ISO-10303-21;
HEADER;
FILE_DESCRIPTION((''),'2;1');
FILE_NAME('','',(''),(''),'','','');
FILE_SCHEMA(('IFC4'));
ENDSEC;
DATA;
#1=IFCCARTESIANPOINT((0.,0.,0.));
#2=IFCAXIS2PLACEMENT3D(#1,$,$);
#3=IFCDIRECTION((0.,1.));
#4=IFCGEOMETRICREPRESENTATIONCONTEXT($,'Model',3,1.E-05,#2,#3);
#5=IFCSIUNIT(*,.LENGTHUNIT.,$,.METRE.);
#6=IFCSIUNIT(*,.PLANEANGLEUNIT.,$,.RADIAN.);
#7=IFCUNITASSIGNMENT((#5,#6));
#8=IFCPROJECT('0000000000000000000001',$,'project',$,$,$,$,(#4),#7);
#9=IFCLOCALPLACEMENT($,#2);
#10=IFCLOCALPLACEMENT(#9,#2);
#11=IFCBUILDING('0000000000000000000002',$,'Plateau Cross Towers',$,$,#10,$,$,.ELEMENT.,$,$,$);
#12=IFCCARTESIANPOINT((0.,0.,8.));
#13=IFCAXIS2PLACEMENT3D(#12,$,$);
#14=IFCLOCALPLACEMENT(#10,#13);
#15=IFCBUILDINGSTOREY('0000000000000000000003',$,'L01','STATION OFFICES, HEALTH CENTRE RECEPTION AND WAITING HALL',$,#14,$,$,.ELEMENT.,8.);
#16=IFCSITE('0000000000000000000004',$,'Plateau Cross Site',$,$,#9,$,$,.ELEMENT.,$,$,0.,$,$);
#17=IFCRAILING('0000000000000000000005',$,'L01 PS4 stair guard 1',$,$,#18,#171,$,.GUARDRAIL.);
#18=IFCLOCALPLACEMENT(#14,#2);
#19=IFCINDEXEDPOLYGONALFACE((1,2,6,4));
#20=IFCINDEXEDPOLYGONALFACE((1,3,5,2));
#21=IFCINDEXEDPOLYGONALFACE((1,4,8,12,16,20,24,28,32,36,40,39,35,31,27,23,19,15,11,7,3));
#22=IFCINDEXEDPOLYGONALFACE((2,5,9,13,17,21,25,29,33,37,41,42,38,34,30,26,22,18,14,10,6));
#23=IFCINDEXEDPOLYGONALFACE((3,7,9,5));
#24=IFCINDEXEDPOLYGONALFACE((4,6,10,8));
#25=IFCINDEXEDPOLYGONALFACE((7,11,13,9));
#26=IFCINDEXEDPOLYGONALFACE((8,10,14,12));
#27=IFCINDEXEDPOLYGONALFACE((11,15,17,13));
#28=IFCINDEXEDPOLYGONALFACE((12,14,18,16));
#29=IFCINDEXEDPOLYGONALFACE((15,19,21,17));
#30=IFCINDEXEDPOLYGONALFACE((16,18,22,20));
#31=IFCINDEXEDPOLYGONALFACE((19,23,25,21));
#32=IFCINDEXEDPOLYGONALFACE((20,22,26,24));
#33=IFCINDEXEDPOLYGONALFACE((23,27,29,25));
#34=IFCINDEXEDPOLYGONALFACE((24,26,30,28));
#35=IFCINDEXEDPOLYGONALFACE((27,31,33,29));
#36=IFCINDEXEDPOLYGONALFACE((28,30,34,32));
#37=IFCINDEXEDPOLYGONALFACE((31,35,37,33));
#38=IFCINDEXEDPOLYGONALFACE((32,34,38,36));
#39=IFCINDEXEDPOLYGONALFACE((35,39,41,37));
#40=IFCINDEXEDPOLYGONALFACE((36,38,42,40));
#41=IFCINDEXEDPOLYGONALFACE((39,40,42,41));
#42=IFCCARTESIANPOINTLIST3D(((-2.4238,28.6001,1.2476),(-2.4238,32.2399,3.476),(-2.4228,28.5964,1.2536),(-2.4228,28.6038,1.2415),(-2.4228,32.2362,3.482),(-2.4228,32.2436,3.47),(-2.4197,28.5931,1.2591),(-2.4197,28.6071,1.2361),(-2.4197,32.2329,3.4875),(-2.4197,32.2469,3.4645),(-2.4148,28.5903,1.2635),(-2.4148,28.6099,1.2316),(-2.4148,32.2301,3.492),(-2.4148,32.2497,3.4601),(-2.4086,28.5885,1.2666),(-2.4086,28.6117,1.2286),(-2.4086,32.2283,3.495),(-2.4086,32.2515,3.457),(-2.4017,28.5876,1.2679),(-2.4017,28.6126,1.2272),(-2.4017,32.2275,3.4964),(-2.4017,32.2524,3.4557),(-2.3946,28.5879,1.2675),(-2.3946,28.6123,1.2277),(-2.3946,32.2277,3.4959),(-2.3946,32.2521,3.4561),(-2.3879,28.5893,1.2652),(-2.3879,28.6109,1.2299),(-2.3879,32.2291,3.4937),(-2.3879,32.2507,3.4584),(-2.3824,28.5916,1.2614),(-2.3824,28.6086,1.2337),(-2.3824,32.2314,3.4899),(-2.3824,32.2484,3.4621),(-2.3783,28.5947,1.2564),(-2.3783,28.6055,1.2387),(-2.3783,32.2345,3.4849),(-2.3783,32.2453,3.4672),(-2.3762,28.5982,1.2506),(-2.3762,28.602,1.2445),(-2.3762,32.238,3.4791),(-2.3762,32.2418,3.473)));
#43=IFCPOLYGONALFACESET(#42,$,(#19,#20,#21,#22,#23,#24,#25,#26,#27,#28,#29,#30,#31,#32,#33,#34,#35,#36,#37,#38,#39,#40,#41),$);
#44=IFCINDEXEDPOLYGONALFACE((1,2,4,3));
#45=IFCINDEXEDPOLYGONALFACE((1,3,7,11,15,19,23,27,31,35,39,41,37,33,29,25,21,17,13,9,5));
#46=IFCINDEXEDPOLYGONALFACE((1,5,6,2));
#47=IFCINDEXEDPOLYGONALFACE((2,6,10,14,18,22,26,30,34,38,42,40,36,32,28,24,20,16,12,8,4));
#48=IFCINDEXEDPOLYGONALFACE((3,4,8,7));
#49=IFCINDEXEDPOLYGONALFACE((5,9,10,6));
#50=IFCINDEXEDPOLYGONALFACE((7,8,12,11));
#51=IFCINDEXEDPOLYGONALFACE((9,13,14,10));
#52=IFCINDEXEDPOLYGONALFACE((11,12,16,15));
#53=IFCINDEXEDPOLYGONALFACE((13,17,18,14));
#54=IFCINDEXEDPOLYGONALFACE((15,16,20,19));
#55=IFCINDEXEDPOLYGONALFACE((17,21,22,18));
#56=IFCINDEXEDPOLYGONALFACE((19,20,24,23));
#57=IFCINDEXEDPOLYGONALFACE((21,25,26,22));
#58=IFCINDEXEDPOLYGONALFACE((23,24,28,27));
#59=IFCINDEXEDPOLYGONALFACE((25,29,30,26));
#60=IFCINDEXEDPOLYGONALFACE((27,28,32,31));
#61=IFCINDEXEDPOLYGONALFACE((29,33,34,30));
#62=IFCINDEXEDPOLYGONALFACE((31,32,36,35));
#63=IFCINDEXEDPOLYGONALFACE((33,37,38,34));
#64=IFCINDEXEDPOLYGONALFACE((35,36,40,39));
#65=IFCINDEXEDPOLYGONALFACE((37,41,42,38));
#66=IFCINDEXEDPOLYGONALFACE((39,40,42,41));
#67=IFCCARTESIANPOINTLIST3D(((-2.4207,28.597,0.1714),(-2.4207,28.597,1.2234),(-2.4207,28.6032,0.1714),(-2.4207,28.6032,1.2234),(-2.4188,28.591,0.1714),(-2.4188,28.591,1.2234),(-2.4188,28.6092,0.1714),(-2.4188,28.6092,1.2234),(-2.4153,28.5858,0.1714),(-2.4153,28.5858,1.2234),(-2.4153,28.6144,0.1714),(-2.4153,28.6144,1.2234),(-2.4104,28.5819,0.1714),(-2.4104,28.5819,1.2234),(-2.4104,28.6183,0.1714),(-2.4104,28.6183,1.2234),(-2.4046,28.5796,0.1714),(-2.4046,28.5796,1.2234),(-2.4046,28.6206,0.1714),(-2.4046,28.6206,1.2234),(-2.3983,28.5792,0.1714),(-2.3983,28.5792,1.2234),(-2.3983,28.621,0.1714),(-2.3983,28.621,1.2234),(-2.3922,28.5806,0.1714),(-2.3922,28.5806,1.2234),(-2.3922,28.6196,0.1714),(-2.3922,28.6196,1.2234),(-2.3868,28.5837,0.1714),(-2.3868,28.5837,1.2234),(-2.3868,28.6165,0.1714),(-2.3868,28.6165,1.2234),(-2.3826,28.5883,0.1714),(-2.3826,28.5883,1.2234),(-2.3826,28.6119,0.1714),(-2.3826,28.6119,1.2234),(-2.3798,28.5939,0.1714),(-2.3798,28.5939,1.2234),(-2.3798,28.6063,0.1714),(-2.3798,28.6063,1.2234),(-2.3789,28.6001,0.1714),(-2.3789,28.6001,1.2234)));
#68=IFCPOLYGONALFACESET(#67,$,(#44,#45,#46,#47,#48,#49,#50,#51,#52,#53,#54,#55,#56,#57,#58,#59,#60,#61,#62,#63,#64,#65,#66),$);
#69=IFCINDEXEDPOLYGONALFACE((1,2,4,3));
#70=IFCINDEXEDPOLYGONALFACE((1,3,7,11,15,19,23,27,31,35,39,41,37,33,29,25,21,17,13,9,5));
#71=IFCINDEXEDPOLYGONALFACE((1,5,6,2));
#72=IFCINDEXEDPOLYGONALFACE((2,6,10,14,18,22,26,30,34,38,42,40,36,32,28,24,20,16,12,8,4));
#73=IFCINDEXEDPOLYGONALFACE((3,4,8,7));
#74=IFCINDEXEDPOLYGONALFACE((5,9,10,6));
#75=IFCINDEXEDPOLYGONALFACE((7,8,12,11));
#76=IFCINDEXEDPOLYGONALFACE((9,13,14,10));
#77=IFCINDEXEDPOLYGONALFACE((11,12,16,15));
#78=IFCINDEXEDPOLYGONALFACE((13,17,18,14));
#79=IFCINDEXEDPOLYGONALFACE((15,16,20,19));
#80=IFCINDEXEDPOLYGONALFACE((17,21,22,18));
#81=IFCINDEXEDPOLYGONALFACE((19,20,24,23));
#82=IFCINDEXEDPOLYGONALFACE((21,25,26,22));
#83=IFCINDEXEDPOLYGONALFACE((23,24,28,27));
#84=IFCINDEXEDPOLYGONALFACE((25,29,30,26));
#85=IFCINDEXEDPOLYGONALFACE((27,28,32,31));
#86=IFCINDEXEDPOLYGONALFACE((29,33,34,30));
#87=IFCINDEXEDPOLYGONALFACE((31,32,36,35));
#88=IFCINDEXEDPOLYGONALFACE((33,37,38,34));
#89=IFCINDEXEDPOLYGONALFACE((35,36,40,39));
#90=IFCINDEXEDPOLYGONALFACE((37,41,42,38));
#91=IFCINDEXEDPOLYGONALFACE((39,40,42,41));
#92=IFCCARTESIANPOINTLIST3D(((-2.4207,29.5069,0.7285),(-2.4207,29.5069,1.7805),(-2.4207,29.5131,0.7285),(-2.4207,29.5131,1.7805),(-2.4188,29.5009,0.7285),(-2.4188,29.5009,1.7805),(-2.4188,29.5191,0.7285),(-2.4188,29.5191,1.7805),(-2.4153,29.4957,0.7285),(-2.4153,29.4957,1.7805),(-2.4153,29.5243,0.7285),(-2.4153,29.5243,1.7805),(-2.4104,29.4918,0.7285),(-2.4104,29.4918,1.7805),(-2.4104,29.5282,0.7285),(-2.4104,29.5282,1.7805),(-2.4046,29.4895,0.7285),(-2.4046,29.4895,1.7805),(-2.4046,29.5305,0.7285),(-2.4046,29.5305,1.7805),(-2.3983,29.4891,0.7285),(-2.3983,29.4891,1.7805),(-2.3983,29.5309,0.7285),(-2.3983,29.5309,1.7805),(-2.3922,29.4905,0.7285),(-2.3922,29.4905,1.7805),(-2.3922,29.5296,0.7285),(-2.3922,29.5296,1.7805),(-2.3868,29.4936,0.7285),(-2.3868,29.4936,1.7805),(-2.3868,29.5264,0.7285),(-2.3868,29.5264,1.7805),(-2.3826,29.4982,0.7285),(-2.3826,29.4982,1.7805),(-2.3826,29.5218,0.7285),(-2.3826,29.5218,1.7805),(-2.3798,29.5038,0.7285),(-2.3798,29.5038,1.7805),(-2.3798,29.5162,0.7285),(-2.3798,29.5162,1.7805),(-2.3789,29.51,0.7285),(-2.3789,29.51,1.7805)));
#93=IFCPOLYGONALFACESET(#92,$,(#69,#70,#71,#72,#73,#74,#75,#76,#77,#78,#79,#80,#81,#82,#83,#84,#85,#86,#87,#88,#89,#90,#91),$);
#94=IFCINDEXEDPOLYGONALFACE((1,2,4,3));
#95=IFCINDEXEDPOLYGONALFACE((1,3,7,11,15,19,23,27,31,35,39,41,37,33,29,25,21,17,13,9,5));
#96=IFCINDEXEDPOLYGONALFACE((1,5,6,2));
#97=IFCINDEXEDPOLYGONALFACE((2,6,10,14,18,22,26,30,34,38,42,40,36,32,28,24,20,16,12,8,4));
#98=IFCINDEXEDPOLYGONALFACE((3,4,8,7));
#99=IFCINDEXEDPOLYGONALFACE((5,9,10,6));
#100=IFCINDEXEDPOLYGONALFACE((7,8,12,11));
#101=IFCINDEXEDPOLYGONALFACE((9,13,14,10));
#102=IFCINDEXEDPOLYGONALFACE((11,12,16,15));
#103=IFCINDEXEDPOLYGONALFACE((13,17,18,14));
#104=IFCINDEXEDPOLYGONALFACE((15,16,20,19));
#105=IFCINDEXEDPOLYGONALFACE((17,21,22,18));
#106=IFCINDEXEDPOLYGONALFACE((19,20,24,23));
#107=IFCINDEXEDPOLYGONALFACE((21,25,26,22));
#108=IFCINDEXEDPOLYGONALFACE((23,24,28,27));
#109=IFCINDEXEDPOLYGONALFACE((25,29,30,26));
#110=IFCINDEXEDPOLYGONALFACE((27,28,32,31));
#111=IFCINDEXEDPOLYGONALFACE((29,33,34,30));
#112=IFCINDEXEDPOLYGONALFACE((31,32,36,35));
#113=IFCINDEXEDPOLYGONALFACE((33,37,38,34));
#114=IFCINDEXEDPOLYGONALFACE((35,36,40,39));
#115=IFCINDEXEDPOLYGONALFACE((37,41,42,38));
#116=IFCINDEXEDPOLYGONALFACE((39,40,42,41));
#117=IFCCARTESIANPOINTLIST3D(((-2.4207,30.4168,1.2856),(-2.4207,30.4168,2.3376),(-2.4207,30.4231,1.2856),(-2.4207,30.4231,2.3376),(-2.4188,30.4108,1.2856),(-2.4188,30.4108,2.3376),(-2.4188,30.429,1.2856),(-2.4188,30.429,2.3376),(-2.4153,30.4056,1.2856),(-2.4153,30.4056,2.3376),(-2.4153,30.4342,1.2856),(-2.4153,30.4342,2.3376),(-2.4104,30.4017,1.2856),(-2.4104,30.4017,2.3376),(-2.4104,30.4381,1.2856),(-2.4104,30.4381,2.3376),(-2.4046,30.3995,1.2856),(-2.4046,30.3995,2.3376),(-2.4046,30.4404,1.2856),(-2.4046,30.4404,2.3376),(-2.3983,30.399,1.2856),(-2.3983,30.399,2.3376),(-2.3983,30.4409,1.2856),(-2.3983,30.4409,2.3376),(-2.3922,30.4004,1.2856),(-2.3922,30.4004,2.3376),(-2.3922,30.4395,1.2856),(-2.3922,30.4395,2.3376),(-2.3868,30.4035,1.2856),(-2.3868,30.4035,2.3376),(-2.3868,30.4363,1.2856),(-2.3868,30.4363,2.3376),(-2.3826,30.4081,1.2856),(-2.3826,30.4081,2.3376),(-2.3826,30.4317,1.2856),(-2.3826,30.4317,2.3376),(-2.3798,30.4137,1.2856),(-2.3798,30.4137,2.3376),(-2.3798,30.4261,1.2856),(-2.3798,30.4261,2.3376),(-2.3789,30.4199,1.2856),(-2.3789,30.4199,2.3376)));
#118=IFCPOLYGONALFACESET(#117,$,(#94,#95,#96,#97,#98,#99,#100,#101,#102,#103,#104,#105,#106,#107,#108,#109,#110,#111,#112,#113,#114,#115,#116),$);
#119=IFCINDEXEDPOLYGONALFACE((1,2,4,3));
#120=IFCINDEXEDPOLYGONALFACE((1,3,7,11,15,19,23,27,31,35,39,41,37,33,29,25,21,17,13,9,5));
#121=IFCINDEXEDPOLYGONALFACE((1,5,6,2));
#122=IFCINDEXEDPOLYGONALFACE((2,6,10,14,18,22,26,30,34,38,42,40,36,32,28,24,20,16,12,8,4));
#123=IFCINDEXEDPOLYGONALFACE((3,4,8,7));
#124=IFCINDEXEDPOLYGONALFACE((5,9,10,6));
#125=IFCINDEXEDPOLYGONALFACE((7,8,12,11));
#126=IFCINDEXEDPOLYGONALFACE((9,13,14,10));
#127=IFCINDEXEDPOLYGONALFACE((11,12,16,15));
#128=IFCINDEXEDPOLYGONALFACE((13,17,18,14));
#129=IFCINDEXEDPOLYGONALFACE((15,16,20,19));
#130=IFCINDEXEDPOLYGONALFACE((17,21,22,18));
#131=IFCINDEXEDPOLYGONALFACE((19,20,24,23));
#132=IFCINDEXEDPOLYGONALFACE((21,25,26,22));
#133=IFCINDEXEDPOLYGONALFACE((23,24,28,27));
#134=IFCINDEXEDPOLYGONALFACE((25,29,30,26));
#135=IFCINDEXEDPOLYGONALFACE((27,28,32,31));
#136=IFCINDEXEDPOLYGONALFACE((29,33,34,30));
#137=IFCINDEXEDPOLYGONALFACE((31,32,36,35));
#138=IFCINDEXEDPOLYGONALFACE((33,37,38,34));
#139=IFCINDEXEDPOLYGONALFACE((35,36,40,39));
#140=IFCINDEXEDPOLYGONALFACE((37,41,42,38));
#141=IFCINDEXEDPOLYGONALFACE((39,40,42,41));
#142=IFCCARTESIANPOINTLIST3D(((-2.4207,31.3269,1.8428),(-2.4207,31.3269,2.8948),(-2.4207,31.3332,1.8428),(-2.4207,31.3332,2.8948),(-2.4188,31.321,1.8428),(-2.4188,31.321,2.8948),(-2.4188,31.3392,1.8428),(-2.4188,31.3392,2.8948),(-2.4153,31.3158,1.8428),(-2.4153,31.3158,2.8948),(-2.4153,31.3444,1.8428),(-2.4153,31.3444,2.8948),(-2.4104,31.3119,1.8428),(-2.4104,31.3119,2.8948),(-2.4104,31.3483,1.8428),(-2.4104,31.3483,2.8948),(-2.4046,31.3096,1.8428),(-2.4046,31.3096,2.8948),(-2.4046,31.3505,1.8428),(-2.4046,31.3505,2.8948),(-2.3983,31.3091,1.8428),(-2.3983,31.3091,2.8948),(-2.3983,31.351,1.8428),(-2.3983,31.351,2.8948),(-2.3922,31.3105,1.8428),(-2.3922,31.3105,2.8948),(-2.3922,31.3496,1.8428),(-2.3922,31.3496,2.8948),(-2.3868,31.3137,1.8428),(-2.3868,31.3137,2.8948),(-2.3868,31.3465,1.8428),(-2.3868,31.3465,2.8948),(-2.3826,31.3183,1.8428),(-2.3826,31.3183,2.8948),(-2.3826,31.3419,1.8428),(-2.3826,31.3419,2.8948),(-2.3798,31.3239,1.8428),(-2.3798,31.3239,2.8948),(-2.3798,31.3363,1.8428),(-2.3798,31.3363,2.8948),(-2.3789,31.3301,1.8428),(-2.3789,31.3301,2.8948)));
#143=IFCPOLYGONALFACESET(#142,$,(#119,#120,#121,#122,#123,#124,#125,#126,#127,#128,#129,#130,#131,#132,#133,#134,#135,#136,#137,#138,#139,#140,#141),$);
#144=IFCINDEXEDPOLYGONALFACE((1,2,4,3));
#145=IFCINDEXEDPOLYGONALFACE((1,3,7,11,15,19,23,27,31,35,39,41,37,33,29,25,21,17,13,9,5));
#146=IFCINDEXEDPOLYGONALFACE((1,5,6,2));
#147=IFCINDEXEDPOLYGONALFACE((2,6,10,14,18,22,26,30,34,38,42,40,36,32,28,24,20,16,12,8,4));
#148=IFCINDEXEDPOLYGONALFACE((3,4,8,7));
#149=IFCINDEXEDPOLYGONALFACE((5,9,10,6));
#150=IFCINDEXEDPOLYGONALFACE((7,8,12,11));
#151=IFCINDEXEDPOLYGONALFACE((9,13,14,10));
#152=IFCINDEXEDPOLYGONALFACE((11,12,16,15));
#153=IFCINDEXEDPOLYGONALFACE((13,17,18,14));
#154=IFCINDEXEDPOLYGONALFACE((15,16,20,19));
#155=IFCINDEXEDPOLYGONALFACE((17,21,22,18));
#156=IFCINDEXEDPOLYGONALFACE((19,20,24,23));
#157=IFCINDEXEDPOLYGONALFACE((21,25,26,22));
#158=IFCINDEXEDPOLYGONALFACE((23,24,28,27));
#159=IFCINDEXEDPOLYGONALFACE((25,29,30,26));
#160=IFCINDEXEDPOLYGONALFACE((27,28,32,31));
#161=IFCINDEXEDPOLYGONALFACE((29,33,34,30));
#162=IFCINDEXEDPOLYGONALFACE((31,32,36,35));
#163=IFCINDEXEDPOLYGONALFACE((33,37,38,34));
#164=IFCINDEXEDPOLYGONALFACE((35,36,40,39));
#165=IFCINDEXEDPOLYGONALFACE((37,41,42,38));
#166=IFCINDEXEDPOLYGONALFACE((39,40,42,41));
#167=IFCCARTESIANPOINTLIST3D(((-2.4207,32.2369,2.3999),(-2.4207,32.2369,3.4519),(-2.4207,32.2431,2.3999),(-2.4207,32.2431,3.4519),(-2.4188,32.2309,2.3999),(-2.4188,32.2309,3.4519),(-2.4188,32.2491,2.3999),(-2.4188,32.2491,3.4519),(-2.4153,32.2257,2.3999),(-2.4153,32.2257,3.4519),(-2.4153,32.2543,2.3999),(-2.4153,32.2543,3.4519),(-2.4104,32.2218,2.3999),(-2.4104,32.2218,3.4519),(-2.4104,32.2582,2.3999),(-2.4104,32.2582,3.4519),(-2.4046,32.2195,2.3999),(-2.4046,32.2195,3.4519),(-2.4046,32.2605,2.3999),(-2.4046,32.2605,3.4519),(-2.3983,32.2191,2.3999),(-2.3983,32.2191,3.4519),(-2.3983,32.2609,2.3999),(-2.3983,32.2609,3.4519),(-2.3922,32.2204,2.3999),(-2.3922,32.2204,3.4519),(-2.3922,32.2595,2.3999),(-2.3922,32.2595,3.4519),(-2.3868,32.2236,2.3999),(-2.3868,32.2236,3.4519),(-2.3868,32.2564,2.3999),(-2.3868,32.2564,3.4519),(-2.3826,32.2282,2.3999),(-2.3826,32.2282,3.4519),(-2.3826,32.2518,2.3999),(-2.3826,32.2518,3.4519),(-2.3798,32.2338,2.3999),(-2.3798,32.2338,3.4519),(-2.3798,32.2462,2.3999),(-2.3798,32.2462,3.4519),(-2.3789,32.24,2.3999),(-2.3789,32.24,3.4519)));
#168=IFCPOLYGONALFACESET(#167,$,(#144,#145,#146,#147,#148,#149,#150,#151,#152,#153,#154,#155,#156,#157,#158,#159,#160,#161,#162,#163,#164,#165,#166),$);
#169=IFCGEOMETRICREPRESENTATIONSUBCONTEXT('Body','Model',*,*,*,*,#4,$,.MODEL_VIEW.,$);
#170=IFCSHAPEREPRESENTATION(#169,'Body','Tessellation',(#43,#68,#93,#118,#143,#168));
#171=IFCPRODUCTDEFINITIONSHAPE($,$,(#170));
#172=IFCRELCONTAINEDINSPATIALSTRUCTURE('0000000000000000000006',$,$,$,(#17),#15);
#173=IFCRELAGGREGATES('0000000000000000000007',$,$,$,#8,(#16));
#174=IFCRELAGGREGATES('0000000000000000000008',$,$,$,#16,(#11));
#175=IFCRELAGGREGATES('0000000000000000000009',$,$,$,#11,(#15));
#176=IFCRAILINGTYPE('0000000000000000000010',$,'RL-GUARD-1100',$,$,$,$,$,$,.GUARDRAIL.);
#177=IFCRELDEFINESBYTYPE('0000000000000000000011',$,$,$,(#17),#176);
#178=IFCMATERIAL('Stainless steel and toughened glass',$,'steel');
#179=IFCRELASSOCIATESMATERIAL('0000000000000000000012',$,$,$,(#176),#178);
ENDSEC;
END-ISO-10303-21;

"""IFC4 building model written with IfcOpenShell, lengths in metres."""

from ifc_helpers import new_model, si_unit, direction, frame, origin, origin_2d, place, context, subcontext, project, spatial, circle, extrude, material, type_object, element, save


model = new_model("IFC4")

# Units and contexts
model_context = context("Model", 3, precision=1e-05, world=origin(), true_north=direction((0.0, 1.0)))
body_context = subcontext(model_context, "Body", "Model", "MODEL_VIEW")
ifc_project = project(units=[si_unit("LENGTHUNIT", "METRE"), si_unit("PLANEANGLEUNIT", "RADIAN")], contexts=[model_context])

# Site, building, storey
site_placement = place(None, origin())
site = spatial("IfcSite", under=ifc_project, at=site_placement, Name="Plateau Cross Site", CompositionType="ELEMENT", RefElevation=0.0)
building_placement = place(site_placement, origin())
building = spatial("IfcBuilding", under=site, at=building_placement, Name="Plateau Cross Towers", CompositionType="ELEMENT")
storey_placement = place(building_placement, frame((0.0, 0.0, 8.0)))
storey = spatial("IfcBuildingStorey", under=building, at=storey_placement, Name="L01", Description="STATION OFFICES, HEALTH CENTRE RECEPTION AND WAITING HALL", CompositionType="ELEMENT", Elevation=8.0)

# Railing
ifc_material_1 = material(Name="Stainless steel and toughened glass", Category="steel")
railing_type_1 = type_object("IfcRailingType", Name="RL-GUARD-1100", PredefinedType="GUARDRAIL", material=ifc_material_1)
railing_1_placement = place(storey_placement, frame((-2.3999, 28.6001, 0.1714)))
element("IfcRailing", 1, at=railing_1_placement, inside=storey, type_object=railing_type_1, Name="L01 PS4 stair guard 1", PredefinedType="GUARDRAIL", context=body_context, shape_type="SweptSolid", body=[
    extrude(circle(Radius=0.0239, at=origin_2d()), frame((0.0, 0.0, 1.0762), z_axis=(0.0, 0.85285, 0.522156), x_axis=(-1.0, 0.0, 0.0)), (0.0, 0.0, 1.0), 4.2678),
    extrude(circle(Radius=0.021, at=origin_2d()), origin(), (0.0, 0.0, 1.0), 1.052),
    extrude(circle(Radius=0.021, at=origin_2d()), frame((0.0, 0.9099, 0.5571)), (0.0, 0.0, 1.0), 1.052),
    extrude(circle(Radius=0.021, at=origin_2d()), frame((0.0, 1.8198, 1.1143)), (0.0, 0.0, 1.0), 1.052),
    extrude(circle(Radius=0.021, at=origin_2d()), frame((0.0, 2.73, 1.6714)), (0.0, 0.0, 1.0), 1.052),
    extrude(circle(Radius=0.021, at=origin_2d()), frame((0.0, 3.6399, 2.2285)), (0.0, 0.0, 1.0), 1.052),
])

save(model, "model.ifc")
